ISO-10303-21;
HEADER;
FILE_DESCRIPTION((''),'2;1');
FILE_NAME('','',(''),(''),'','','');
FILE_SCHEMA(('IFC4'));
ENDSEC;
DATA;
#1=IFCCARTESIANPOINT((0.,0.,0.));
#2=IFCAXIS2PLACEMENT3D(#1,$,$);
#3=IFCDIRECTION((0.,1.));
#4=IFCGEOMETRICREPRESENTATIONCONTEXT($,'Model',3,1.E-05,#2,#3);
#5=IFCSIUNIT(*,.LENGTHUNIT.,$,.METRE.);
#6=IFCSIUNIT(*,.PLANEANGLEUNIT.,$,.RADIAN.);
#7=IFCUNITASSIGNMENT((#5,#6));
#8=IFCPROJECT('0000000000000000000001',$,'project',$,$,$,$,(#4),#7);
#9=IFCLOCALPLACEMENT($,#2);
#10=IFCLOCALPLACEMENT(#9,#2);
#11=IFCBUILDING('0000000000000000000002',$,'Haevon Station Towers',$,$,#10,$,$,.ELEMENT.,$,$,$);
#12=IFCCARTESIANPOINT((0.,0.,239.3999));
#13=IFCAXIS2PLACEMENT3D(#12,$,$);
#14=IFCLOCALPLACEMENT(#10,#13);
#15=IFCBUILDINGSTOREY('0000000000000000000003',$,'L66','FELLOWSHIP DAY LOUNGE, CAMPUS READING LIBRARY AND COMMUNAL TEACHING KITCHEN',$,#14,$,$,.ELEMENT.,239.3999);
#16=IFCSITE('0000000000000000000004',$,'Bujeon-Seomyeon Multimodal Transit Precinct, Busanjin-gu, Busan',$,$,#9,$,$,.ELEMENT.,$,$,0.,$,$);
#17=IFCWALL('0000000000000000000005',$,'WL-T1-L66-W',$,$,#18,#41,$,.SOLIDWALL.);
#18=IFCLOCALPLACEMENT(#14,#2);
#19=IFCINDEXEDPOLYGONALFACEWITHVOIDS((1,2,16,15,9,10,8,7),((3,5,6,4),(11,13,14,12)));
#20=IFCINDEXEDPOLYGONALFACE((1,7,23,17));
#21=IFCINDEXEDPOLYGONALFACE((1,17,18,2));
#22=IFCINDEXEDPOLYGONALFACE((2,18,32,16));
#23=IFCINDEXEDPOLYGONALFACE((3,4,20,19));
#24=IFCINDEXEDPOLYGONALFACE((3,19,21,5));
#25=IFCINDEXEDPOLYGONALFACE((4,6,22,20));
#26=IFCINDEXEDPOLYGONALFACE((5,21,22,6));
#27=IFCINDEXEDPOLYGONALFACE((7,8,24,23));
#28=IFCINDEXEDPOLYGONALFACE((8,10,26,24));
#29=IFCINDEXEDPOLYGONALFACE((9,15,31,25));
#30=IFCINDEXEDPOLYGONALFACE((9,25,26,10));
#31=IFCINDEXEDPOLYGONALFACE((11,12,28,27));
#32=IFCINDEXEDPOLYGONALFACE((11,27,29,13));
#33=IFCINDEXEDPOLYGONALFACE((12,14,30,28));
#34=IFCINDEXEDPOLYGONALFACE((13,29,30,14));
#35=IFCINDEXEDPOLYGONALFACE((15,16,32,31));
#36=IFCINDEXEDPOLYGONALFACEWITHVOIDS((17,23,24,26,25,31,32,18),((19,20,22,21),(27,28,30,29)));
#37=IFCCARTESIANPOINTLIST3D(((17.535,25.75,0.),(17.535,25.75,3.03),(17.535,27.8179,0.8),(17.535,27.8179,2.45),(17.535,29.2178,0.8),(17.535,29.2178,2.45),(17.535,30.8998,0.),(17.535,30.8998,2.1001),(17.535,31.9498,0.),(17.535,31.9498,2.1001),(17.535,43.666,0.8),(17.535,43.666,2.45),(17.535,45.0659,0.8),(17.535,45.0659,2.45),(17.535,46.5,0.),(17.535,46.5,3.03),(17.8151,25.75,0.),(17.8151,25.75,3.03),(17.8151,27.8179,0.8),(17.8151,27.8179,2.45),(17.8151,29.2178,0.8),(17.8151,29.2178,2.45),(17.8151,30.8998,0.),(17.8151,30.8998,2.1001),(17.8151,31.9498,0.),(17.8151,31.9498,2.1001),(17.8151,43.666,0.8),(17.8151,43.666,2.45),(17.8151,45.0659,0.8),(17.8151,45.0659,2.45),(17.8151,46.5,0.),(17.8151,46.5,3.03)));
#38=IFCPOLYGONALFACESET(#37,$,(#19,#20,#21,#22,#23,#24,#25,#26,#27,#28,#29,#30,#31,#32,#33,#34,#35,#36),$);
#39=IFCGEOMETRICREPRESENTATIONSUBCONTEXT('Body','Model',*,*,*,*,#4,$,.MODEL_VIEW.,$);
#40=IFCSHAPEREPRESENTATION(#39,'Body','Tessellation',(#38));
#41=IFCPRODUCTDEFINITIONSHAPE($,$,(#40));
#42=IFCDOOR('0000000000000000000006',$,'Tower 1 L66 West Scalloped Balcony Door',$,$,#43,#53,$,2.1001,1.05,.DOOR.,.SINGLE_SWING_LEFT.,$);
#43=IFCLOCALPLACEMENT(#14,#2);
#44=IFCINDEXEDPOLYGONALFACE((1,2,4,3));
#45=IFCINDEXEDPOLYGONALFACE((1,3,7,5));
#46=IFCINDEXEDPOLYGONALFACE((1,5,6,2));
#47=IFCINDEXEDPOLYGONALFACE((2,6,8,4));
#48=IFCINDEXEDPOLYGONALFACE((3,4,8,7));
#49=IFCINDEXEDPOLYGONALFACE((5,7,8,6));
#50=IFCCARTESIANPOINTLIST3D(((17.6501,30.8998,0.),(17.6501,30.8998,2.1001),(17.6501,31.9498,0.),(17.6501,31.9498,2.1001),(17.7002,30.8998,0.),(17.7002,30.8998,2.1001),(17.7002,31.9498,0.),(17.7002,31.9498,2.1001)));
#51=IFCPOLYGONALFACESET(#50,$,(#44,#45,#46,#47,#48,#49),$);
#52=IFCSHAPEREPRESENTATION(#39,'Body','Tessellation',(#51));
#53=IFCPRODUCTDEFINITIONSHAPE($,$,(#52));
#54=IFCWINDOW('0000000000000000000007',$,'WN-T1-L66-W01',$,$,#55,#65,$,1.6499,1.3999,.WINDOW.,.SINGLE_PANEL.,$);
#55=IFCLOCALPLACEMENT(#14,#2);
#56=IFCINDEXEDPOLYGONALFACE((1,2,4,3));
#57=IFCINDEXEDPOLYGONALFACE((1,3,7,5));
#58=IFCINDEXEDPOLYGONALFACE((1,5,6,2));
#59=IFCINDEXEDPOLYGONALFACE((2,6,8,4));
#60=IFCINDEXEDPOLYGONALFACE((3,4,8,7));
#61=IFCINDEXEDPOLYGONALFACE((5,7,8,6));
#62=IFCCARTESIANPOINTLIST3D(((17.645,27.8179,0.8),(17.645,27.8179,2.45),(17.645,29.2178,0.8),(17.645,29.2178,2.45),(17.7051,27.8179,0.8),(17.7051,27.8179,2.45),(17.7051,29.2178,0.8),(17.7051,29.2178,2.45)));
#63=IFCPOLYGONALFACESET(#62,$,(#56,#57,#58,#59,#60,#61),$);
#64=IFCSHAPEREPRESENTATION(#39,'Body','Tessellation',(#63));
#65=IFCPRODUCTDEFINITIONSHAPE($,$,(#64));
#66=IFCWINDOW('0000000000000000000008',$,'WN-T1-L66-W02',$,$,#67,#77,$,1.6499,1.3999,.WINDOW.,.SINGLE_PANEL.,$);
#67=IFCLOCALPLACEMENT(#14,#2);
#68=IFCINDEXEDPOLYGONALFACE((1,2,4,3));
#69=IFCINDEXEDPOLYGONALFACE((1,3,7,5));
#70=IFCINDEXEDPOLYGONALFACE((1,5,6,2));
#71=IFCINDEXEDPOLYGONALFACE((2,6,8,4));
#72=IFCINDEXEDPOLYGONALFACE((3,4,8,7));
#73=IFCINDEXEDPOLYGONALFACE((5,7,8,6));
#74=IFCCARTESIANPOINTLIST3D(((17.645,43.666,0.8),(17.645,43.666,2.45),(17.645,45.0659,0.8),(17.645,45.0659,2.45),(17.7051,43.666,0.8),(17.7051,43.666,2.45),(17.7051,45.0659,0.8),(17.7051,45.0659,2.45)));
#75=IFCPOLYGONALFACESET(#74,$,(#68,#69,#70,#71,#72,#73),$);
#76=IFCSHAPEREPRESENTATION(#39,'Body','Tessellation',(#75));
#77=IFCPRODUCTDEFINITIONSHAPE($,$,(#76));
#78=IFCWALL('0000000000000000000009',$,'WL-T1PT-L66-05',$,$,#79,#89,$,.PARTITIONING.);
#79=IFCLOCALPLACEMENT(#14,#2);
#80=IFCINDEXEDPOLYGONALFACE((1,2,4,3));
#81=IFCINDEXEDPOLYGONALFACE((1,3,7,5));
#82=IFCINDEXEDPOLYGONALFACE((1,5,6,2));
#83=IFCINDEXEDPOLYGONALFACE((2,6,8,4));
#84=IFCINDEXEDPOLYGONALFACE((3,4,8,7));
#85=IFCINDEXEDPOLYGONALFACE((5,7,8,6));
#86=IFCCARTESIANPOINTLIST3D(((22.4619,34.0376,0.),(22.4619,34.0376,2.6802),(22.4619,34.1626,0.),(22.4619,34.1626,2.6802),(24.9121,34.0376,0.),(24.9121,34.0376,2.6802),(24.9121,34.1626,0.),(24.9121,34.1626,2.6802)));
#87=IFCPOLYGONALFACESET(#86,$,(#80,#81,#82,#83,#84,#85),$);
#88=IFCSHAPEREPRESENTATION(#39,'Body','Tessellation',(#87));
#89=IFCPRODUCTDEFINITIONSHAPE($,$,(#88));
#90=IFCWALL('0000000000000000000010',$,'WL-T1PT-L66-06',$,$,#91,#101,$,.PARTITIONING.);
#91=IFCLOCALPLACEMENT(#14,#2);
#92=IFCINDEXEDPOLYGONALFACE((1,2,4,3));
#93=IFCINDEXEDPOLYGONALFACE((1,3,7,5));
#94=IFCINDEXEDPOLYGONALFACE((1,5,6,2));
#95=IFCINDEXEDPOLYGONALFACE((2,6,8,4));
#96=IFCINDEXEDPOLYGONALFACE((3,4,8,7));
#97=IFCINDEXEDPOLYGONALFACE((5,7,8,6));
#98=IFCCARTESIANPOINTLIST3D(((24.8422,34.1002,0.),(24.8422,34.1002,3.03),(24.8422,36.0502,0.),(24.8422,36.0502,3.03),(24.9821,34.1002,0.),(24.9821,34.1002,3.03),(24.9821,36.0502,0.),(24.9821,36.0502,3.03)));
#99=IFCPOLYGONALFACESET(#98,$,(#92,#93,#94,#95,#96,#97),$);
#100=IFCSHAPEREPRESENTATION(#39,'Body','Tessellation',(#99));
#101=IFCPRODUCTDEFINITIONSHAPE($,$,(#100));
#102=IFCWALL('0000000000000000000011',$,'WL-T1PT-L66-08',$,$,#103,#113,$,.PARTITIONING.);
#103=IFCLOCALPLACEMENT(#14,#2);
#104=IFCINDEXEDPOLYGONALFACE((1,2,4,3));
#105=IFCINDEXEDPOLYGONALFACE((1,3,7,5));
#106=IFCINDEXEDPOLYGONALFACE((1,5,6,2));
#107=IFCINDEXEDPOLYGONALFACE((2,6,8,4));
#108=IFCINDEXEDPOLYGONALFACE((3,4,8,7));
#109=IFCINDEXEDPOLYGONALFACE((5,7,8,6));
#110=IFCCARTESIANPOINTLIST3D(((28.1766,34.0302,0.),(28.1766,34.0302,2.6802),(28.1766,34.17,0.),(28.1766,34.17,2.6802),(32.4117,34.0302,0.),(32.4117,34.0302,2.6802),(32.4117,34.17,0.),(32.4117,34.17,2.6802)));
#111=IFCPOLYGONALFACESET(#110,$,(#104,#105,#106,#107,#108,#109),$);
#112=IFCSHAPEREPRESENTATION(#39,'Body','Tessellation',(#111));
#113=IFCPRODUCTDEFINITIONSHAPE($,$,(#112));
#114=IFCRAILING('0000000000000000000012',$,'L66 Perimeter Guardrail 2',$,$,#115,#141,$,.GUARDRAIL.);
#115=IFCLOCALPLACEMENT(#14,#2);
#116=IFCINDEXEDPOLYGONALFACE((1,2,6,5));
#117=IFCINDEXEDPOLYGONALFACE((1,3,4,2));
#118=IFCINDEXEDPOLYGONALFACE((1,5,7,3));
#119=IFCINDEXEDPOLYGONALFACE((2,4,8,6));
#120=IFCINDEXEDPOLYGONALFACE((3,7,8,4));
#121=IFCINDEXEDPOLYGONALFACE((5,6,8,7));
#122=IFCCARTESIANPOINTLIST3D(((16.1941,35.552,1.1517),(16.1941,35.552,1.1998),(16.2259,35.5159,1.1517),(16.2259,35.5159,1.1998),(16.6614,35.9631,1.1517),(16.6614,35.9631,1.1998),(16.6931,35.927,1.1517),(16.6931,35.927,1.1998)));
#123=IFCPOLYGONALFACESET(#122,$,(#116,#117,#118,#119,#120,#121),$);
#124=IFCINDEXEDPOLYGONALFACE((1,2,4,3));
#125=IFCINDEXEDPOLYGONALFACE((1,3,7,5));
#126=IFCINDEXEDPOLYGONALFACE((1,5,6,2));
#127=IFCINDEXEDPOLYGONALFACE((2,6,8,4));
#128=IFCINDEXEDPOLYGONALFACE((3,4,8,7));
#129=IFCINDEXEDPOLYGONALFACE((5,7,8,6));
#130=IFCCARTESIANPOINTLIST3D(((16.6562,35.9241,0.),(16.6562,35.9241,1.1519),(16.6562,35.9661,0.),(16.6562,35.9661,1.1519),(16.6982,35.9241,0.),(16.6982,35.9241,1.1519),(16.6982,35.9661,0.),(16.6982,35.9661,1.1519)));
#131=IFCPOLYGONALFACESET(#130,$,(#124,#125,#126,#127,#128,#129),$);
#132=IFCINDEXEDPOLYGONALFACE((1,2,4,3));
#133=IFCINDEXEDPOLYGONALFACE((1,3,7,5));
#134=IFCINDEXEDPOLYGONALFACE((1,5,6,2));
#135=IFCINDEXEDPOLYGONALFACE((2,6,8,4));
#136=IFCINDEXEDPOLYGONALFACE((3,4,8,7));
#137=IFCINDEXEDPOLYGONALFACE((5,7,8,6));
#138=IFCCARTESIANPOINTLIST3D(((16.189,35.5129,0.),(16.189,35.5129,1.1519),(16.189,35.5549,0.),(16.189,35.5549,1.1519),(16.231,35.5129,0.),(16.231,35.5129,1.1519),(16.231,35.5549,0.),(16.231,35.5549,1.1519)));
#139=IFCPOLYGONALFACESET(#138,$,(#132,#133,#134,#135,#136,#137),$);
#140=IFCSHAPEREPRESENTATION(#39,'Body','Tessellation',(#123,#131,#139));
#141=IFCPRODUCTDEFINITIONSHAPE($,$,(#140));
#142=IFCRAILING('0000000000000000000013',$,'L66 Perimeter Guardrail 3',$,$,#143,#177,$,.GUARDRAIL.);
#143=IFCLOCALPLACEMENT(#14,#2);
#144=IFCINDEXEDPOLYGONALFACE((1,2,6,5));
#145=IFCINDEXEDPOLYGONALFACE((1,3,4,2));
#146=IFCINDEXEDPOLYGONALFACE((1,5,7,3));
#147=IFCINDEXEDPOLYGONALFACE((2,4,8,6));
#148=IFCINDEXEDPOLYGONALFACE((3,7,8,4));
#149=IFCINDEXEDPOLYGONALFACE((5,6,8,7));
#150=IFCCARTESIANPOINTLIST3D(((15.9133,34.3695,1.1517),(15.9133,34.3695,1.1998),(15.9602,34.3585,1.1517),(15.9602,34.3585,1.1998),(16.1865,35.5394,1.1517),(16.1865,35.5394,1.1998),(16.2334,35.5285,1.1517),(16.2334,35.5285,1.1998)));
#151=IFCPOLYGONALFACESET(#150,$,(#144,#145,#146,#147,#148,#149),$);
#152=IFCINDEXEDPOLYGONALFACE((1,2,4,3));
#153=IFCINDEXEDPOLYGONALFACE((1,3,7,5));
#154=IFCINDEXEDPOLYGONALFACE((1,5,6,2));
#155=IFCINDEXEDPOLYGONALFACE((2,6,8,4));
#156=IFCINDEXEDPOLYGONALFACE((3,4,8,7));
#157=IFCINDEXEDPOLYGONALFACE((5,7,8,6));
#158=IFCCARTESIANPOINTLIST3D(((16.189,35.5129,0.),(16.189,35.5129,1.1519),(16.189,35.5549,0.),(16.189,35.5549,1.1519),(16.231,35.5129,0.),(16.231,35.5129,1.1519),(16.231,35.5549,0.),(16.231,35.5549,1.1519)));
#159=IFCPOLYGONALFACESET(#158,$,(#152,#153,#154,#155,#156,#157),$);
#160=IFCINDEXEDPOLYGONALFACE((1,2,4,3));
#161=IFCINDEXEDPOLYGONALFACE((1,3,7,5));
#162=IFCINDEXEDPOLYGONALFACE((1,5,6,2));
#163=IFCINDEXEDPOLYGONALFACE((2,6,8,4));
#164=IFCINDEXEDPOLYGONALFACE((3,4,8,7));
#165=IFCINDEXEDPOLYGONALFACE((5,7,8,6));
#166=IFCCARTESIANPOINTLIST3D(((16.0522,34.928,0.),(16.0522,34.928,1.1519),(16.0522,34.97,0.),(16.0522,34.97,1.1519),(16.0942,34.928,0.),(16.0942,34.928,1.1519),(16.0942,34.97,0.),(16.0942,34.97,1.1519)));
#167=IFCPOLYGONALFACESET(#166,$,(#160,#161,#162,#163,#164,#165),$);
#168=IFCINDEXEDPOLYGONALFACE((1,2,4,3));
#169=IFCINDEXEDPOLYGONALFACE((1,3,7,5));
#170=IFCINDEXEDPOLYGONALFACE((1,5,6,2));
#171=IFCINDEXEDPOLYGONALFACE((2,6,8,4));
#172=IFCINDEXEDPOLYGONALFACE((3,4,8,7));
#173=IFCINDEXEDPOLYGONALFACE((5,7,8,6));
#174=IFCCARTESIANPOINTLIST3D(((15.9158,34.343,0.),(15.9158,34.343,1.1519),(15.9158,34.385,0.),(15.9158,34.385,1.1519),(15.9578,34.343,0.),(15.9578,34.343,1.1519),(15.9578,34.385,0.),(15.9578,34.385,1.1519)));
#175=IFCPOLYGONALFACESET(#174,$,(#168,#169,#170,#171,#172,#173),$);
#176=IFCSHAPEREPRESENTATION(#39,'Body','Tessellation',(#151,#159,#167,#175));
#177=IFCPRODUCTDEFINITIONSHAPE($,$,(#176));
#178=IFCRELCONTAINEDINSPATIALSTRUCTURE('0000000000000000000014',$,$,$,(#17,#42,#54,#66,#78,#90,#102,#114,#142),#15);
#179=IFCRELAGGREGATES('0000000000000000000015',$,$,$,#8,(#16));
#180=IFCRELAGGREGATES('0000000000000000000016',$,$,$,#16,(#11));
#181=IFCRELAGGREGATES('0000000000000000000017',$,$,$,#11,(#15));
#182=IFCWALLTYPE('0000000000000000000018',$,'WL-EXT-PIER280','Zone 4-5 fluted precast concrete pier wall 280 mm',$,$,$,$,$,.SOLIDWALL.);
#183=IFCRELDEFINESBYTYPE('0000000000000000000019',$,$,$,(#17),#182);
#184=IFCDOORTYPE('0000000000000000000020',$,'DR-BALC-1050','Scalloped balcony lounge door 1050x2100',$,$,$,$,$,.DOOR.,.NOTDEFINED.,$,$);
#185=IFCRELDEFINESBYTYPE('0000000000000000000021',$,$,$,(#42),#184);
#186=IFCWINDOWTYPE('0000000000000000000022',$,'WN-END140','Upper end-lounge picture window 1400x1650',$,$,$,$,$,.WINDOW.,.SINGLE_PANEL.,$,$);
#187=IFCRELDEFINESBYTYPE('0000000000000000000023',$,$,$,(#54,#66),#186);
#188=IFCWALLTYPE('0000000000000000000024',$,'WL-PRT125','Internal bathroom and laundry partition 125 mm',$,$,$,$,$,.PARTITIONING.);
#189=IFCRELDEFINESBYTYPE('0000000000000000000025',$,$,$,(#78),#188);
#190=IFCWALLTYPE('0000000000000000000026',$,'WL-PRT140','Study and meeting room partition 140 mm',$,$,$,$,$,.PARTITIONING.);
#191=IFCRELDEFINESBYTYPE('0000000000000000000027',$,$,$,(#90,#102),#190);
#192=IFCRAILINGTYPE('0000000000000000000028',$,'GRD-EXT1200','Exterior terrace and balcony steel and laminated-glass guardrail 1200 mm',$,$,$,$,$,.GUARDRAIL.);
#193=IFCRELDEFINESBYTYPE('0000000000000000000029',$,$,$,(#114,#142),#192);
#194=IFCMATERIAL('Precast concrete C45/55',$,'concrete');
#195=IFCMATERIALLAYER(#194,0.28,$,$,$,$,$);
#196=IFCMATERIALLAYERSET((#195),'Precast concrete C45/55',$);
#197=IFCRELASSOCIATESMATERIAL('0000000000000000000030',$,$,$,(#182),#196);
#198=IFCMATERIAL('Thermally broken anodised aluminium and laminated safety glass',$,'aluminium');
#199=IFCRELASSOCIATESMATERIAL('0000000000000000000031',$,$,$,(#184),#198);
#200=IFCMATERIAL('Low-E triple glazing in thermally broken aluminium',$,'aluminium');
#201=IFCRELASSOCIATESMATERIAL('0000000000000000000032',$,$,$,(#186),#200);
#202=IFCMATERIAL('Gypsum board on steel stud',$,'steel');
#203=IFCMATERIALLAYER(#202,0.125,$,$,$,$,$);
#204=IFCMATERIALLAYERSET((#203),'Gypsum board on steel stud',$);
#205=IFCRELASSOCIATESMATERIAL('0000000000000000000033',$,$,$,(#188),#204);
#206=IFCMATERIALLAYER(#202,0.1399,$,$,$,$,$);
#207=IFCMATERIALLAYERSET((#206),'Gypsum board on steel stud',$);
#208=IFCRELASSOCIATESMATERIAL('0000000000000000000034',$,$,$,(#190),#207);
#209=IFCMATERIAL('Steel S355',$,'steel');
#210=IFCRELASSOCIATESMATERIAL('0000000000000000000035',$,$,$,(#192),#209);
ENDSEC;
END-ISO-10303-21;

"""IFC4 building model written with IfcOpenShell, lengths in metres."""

from ifc_helpers import new_model, si_unit, direction, frame, frame_2d, origin, origin_2d, place, context, subcontext, project, spatial, rectangle, extrude, material, layer, layer_set, type_object, element, fill, save


model = new_model("IFC4")

# Units and contexts
model_context = context("Model", 3, precision=1e-05, world=origin(), true_north=direction((0.0, 1.0)))
body_context = subcontext(model_context, "Body", "Model", "MODEL_VIEW")
ifc_project = project(units=[si_unit("LENGTHUNIT", "METRE"), si_unit("PLANEANGLEUNIT", "RADIAN")], contexts=[model_context])

# Site, building, storey
site_placement = place(None, origin())
site = spatial("IfcSite", under=ifc_project, at=site_placement, Name="Bujeon-Seomyeon Multimodal Transit Precinct, Busanjin-gu, Busan", CompositionType="ELEMENT", RefElevation=0.0)
building_placement = place(site_placement, origin())
building = spatial("IfcBuilding", under=site, at=building_placement, Name="Haevon Station Towers", CompositionType="ELEMENT")
storey_placement = place(building_placement, frame((0.0, 0.0, 239.3999)))
storey = spatial("IfcBuildingStorey", under=building, at=storey_placement, Name="L66", Description="FELLOWSHIP DAY LOUNGE, CAMPUS READING LIBRARY AND COMMUNAL TEACHING KITCHEN", CompositionType="ELEMENT", Elevation=239.3999)

# Shared definitions
ifc_material_1 = material(Name="Steel S355", Category="steel")

# Wall, openings, door, windows
ifc_material_2 = material(Name="Precast concrete C45/55", Category="concrete")
ifc_layer_1 = layer(ifc_material_2, 0.28)
ifc_layer_set_1 = layer_set([ifc_layer_1], Name="Precast concrete C45/55")
wall_type_1 = type_object("IfcWallType", Name="WL-EXT-PIER280", Description="Zone 4-5 fluted precast concrete pier wall 280 mm", PredefinedType="SOLIDWALL", material=ifc_layer_set_1)
wall_1_placement = place(storey_placement, frame((17.675, 25.75, 0.0), z_axis=(0.0, 0.0, 1.0), x_axis=(0.0, 1.0, 0.0)))
wall_1 = element("IfcWall", 1, at=wall_1_placement, inside=storey, type_object=wall_type_1, Name="WL-T1-L66-W", PredefinedType="SOLIDWALL", context=body_context, shape_type="SweptSolid", body=[
    extrude(rectangle(XDim=20.75, YDim=0.28, at=frame_2d((10.375, 0.0))), origin(), (0.0, 0.0, 1.0), 3.03),
])
opening_1_placement = place(wall_1_placement, frame((5.1499, 0.0, 0.0)))
opening_1 = element("IfcOpeningElement", 2, at=opening_1_placement, cuts=wall_1, PredefinedType="OPENING", context=body_context, shape_type="SweptSolid", body=[
    extrude(rectangle(XDim=1.05, YDim=2.1001, at=frame_2d((0.5249, 1.05))), frame((0.0, 0.1499, 0.0), z_axis=(0.0, -1.0, 0.0), x_axis=(1.0, 0.0, 0.0)), (0.0, 0.0, 1.0), 0.3),
])
opening_2_placement = place(wall_1_placement, frame((2.0679, 0.0, 0.8)))
opening_2 = element("IfcOpeningElement", 3, at=opening_2_placement, cuts=wall_1, PredefinedType="OPENING", context=body_context, shape_type="SweptSolid", body=[
    extrude(rectangle(XDim=1.3999, YDim=1.6499, at=frame_2d((0.7, 0.825))), frame((0.0, 0.1499, 0.0), z_axis=(0.0, -1.0, 0.0), x_axis=(1.0, 0.0, 0.0)), (0.0, 0.0, 1.0), 0.3),
])
opening_3_placement = place(wall_1_placement, frame((17.916, 0.0, 0.8)))
opening_3 = element("IfcOpeningElement", 4, at=opening_3_placement, cuts=wall_1, PredefinedType="OPENING", context=body_context, shape_type="SweptSolid", body=[
    extrude(rectangle(XDim=1.3999, YDim=1.6499, at=frame_2d((0.7, 0.825))), frame((0.0, 0.1499, 0.0), z_axis=(0.0, -1.0, 0.0), x_axis=(1.0, 0.0, 0.0)), (0.0, 0.0, 1.0), 0.3),
])
ifc_material_3 = material(Name="Thermally broken anodised aluminium and laminated safety glass", Category="aluminium")
door_type = type_object("IfcDoorType", Name="DR-BALC-1050", Description="Scalloped balcony lounge door 1050x2100", OperationType="NOTDEFINED", PredefinedType="DOOR", material=ifc_material_3)
door_placement = place(opening_1_placement, origin())
door = element("IfcDoor", 5, at=door_placement, inside=storey, type_object=door_type, Name="Tower 1 L66 West Scalloped Balcony Door", OperationType="SINGLE_SWING_LEFT", OverallHeight=2.1001, OverallWidth=1.05, PredefinedType="DOOR", context=body_context, shape_type="SweptSolid", body=[
    extrude(rectangle(XDim=1.05, YDim=2.1001, at=frame_2d((0.5249, 1.05))), frame((0.0, 0.0249, 0.0), z_axis=(0.0, -1.0, 0.0), x_axis=(1.0, 0.0, 0.0)), (0.0, 0.0, 1.0), 0.05),
])
fill(opening_1, door)
ifc_material_4 = material(Name="Low-E triple glazing in thermally broken aluminium", Category="aluminium")
window_type = type_object("IfcWindowType", Name="WN-END140", Description="Upper end-lounge picture window 1400x1650", PartitioningType="SINGLE_PANEL", PredefinedType="WINDOW", material=ifc_material_4)
window_1_placement = place(opening_2_placement, origin())
window_1 = element("IfcWindow", 6, at=window_1_placement, inside=storey, type_object=window_type, Name="WN-T1-L66-W01", OverallHeight=1.6499, OverallWidth=1.3999, PartitioningType="SINGLE_PANEL", PredefinedType="WINDOW", context=body_context, shape_type="SweptSolid", body=[
    extrude(rectangle(XDim=1.3999, YDim=1.6499, at=frame_2d((0.7, 0.825))), frame((0.0, 0.03, 0.0), z_axis=(0.0, -1.0, 0.0), x_axis=(1.0, 0.0, 0.0)), (0.0, 0.0, 1.0), 0.0601),
])
fill(opening_2, window_1)
window_2_placement = place(opening_3_placement, origin())
window_2 = element("IfcWindow", 7, at=window_2_placement, inside=storey, type_object=window_type, Name="WN-T1-L66-W02", OverallHeight=1.6499, OverallWidth=1.3999, PartitioningType="SINGLE_PANEL", PredefinedType="WINDOW", context=body_context, shape_type="SweptSolid", body=[
    extrude(rectangle(XDim=1.3999, YDim=1.6499, at=frame_2d((0.7, 0.825))), frame((0.0, 0.03, 0.0), z_axis=(0.0, -1.0, 0.0), x_axis=(1.0, 0.0, 0.0)), (0.0, 0.0, 1.0), 0.0601),
])
fill(opening_3, window_2)

# Walls
ifc_material_5 = material(Name="Gypsum board on steel stud", Category="steel")
ifc_layer_2 = layer(ifc_material_5, 0.125)
ifc_layer_set_2 = layer_set([ifc_layer_2], Name="Gypsum board on steel stud")
wall_type_2 = type_object("IfcWallType", Name="WL-PRT125", Description="Internal bathroom and laundry partition 125 mm", PredefinedType="PARTITIONING", material=ifc_layer_set_2)
wall_2_placement = place(storey_placement, frame((22.4619, 34.1001, 0.0), z_axis=(0.0, 0.0, 1.0), x_axis=(1.0, 0.0, 0.0)))
element("IfcWall", 8, at=wall_2_placement, inside=storey, type_object=wall_type_2, Name="WL-T1PT-L66-05", PredefinedType="PARTITIONING", context=body_context, shape_type="SweptSolid", body=[
    extrude(rectangle(XDim=2.4502, YDim=0.125, at=frame_2d((1.2251, 0.0))), origin(), (0.0, 0.0, 1.0), 2.6802),
])
ifc_layer_3 = layer(ifc_material_5, 0.1399)
ifc_layer_set_3 = layer_set([ifc_layer_3], Name="Gypsum board on steel stud")
wall_type_3 = type_object("IfcWallType", Name="WL-PRT140", Description="Study and meeting room partition 140 mm", PredefinedType="PARTITIONING", material=ifc_layer_set_3)
wall_3_placement = place(storey_placement, frame((24.9121, 34.1001, 0.0), z_axis=(0.0, 0.0, 1.0), x_axis=(0.0, 1.0, 0.0)))
element("IfcWall", 9, at=wall_3_placement, inside=storey, type_object=wall_type_3, Name="WL-T1PT-L66-06", PredefinedType="PARTITIONING", context=body_context, shape_type="SweptSolid", body=[
    extrude(rectangle(XDim=1.95, YDim=0.1399, at=frame_2d((0.9751, 0.0))), origin(), (0.0, 0.0, 1.0), 3.03),
])
wall_4_placement = place(storey_placement, frame((28.1765, 34.1001, 0.0), z_axis=(0.0, 0.0, 1.0), x_axis=(1.0, 0.0, 0.0)))
element("IfcWall", 10, at=wall_4_placement, inside=storey, type_object=wall_type_3, Name="WL-T1PT-L66-08", PredefinedType="PARTITIONING", context=body_context, shape_type="SweptSolid", body=[
    extrude(rectangle(XDim=4.2351, YDim=0.1399, at=frame_2d((2.1177, 0.0))), origin(), (0.0, 0.0, 1.0), 2.6802),
])

# Railings
railing_type = type_object("IfcRailingType", Name="GRD-EXT1200", Description="Exterior terrace and balcony steel and laminated-glass guardrail 1200 mm", PredefinedType="GUARDRAIL", material=ifc_material_1)
railing_1_placement = place(storey_placement, frame((16.6772, 35.9451, 0.0)))
element("IfcRailing", 11, at=railing_1_placement, inside=storey, type_object=railing_type, Name="L66 Perimeter Guardrail 2", PredefinedType="GUARDRAIL", context=body_context, shape_type="SweptSolid", body=[
    extrude(rectangle(XDim=0.0481, YDim=0.0481, at=origin_2d()), frame((0.0, 0.0, 1.1758), z_axis=(-0.750776, -0.660557, 0.0), x_axis=(0.660557, -0.750776, 0.0)), (0.0, 0.0, 1.0), 0.6223),
    extrude(rectangle(XDim=0.042, YDim=0.042, at=origin_2d()), origin(), (0.0, 0.0, 1.0), 1.1519),
    extrude(rectangle(XDim=0.042, YDim=0.042, at=origin_2d()), frame((-0.4673, -0.4111, 0.0)), (0.0, 0.0, 1.0), 1.1519),
])
railing_2_placement = place(storey_placement, frame((16.21, 35.5339, 0.0)))
element("IfcRailing", 12, at=railing_2_placement, inside=storey, type_object=railing_type, Name="L66 Perimeter Guardrail 3", PredefinedType="GUARDRAIL", context=body_context, shape_type="SweptSolid", body=[
    extrude(rectangle(XDim=0.0481, YDim=0.0481, at=origin_2d()), frame((0.0, 0.0, 1.1758), z_axis=(-0.227397, -0.973802, 0.0), x_axis=(0.973802, -0.227397, 0.0)), (0.0, 0.0, 1.0), 1.2014),
    extrude(rectangle(XDim=0.042, YDim=0.042, at=origin_2d()), origin(), (0.0, 0.0, 1.0), 1.1519),
    extrude(rectangle(XDim=0.042, YDim=0.042, at=origin_2d()), frame((-0.1367, -0.585, 0.0)), (0.0, 0.0, 1.0), 1.1519),
    extrude(rectangle(XDim=0.042, YDim=0.042, at=origin_2d()), frame((-0.2732, -1.1699, 0.0)), (0.0, 0.0, 1.0), 1.1519),
])

save(model, "model.ifc")
